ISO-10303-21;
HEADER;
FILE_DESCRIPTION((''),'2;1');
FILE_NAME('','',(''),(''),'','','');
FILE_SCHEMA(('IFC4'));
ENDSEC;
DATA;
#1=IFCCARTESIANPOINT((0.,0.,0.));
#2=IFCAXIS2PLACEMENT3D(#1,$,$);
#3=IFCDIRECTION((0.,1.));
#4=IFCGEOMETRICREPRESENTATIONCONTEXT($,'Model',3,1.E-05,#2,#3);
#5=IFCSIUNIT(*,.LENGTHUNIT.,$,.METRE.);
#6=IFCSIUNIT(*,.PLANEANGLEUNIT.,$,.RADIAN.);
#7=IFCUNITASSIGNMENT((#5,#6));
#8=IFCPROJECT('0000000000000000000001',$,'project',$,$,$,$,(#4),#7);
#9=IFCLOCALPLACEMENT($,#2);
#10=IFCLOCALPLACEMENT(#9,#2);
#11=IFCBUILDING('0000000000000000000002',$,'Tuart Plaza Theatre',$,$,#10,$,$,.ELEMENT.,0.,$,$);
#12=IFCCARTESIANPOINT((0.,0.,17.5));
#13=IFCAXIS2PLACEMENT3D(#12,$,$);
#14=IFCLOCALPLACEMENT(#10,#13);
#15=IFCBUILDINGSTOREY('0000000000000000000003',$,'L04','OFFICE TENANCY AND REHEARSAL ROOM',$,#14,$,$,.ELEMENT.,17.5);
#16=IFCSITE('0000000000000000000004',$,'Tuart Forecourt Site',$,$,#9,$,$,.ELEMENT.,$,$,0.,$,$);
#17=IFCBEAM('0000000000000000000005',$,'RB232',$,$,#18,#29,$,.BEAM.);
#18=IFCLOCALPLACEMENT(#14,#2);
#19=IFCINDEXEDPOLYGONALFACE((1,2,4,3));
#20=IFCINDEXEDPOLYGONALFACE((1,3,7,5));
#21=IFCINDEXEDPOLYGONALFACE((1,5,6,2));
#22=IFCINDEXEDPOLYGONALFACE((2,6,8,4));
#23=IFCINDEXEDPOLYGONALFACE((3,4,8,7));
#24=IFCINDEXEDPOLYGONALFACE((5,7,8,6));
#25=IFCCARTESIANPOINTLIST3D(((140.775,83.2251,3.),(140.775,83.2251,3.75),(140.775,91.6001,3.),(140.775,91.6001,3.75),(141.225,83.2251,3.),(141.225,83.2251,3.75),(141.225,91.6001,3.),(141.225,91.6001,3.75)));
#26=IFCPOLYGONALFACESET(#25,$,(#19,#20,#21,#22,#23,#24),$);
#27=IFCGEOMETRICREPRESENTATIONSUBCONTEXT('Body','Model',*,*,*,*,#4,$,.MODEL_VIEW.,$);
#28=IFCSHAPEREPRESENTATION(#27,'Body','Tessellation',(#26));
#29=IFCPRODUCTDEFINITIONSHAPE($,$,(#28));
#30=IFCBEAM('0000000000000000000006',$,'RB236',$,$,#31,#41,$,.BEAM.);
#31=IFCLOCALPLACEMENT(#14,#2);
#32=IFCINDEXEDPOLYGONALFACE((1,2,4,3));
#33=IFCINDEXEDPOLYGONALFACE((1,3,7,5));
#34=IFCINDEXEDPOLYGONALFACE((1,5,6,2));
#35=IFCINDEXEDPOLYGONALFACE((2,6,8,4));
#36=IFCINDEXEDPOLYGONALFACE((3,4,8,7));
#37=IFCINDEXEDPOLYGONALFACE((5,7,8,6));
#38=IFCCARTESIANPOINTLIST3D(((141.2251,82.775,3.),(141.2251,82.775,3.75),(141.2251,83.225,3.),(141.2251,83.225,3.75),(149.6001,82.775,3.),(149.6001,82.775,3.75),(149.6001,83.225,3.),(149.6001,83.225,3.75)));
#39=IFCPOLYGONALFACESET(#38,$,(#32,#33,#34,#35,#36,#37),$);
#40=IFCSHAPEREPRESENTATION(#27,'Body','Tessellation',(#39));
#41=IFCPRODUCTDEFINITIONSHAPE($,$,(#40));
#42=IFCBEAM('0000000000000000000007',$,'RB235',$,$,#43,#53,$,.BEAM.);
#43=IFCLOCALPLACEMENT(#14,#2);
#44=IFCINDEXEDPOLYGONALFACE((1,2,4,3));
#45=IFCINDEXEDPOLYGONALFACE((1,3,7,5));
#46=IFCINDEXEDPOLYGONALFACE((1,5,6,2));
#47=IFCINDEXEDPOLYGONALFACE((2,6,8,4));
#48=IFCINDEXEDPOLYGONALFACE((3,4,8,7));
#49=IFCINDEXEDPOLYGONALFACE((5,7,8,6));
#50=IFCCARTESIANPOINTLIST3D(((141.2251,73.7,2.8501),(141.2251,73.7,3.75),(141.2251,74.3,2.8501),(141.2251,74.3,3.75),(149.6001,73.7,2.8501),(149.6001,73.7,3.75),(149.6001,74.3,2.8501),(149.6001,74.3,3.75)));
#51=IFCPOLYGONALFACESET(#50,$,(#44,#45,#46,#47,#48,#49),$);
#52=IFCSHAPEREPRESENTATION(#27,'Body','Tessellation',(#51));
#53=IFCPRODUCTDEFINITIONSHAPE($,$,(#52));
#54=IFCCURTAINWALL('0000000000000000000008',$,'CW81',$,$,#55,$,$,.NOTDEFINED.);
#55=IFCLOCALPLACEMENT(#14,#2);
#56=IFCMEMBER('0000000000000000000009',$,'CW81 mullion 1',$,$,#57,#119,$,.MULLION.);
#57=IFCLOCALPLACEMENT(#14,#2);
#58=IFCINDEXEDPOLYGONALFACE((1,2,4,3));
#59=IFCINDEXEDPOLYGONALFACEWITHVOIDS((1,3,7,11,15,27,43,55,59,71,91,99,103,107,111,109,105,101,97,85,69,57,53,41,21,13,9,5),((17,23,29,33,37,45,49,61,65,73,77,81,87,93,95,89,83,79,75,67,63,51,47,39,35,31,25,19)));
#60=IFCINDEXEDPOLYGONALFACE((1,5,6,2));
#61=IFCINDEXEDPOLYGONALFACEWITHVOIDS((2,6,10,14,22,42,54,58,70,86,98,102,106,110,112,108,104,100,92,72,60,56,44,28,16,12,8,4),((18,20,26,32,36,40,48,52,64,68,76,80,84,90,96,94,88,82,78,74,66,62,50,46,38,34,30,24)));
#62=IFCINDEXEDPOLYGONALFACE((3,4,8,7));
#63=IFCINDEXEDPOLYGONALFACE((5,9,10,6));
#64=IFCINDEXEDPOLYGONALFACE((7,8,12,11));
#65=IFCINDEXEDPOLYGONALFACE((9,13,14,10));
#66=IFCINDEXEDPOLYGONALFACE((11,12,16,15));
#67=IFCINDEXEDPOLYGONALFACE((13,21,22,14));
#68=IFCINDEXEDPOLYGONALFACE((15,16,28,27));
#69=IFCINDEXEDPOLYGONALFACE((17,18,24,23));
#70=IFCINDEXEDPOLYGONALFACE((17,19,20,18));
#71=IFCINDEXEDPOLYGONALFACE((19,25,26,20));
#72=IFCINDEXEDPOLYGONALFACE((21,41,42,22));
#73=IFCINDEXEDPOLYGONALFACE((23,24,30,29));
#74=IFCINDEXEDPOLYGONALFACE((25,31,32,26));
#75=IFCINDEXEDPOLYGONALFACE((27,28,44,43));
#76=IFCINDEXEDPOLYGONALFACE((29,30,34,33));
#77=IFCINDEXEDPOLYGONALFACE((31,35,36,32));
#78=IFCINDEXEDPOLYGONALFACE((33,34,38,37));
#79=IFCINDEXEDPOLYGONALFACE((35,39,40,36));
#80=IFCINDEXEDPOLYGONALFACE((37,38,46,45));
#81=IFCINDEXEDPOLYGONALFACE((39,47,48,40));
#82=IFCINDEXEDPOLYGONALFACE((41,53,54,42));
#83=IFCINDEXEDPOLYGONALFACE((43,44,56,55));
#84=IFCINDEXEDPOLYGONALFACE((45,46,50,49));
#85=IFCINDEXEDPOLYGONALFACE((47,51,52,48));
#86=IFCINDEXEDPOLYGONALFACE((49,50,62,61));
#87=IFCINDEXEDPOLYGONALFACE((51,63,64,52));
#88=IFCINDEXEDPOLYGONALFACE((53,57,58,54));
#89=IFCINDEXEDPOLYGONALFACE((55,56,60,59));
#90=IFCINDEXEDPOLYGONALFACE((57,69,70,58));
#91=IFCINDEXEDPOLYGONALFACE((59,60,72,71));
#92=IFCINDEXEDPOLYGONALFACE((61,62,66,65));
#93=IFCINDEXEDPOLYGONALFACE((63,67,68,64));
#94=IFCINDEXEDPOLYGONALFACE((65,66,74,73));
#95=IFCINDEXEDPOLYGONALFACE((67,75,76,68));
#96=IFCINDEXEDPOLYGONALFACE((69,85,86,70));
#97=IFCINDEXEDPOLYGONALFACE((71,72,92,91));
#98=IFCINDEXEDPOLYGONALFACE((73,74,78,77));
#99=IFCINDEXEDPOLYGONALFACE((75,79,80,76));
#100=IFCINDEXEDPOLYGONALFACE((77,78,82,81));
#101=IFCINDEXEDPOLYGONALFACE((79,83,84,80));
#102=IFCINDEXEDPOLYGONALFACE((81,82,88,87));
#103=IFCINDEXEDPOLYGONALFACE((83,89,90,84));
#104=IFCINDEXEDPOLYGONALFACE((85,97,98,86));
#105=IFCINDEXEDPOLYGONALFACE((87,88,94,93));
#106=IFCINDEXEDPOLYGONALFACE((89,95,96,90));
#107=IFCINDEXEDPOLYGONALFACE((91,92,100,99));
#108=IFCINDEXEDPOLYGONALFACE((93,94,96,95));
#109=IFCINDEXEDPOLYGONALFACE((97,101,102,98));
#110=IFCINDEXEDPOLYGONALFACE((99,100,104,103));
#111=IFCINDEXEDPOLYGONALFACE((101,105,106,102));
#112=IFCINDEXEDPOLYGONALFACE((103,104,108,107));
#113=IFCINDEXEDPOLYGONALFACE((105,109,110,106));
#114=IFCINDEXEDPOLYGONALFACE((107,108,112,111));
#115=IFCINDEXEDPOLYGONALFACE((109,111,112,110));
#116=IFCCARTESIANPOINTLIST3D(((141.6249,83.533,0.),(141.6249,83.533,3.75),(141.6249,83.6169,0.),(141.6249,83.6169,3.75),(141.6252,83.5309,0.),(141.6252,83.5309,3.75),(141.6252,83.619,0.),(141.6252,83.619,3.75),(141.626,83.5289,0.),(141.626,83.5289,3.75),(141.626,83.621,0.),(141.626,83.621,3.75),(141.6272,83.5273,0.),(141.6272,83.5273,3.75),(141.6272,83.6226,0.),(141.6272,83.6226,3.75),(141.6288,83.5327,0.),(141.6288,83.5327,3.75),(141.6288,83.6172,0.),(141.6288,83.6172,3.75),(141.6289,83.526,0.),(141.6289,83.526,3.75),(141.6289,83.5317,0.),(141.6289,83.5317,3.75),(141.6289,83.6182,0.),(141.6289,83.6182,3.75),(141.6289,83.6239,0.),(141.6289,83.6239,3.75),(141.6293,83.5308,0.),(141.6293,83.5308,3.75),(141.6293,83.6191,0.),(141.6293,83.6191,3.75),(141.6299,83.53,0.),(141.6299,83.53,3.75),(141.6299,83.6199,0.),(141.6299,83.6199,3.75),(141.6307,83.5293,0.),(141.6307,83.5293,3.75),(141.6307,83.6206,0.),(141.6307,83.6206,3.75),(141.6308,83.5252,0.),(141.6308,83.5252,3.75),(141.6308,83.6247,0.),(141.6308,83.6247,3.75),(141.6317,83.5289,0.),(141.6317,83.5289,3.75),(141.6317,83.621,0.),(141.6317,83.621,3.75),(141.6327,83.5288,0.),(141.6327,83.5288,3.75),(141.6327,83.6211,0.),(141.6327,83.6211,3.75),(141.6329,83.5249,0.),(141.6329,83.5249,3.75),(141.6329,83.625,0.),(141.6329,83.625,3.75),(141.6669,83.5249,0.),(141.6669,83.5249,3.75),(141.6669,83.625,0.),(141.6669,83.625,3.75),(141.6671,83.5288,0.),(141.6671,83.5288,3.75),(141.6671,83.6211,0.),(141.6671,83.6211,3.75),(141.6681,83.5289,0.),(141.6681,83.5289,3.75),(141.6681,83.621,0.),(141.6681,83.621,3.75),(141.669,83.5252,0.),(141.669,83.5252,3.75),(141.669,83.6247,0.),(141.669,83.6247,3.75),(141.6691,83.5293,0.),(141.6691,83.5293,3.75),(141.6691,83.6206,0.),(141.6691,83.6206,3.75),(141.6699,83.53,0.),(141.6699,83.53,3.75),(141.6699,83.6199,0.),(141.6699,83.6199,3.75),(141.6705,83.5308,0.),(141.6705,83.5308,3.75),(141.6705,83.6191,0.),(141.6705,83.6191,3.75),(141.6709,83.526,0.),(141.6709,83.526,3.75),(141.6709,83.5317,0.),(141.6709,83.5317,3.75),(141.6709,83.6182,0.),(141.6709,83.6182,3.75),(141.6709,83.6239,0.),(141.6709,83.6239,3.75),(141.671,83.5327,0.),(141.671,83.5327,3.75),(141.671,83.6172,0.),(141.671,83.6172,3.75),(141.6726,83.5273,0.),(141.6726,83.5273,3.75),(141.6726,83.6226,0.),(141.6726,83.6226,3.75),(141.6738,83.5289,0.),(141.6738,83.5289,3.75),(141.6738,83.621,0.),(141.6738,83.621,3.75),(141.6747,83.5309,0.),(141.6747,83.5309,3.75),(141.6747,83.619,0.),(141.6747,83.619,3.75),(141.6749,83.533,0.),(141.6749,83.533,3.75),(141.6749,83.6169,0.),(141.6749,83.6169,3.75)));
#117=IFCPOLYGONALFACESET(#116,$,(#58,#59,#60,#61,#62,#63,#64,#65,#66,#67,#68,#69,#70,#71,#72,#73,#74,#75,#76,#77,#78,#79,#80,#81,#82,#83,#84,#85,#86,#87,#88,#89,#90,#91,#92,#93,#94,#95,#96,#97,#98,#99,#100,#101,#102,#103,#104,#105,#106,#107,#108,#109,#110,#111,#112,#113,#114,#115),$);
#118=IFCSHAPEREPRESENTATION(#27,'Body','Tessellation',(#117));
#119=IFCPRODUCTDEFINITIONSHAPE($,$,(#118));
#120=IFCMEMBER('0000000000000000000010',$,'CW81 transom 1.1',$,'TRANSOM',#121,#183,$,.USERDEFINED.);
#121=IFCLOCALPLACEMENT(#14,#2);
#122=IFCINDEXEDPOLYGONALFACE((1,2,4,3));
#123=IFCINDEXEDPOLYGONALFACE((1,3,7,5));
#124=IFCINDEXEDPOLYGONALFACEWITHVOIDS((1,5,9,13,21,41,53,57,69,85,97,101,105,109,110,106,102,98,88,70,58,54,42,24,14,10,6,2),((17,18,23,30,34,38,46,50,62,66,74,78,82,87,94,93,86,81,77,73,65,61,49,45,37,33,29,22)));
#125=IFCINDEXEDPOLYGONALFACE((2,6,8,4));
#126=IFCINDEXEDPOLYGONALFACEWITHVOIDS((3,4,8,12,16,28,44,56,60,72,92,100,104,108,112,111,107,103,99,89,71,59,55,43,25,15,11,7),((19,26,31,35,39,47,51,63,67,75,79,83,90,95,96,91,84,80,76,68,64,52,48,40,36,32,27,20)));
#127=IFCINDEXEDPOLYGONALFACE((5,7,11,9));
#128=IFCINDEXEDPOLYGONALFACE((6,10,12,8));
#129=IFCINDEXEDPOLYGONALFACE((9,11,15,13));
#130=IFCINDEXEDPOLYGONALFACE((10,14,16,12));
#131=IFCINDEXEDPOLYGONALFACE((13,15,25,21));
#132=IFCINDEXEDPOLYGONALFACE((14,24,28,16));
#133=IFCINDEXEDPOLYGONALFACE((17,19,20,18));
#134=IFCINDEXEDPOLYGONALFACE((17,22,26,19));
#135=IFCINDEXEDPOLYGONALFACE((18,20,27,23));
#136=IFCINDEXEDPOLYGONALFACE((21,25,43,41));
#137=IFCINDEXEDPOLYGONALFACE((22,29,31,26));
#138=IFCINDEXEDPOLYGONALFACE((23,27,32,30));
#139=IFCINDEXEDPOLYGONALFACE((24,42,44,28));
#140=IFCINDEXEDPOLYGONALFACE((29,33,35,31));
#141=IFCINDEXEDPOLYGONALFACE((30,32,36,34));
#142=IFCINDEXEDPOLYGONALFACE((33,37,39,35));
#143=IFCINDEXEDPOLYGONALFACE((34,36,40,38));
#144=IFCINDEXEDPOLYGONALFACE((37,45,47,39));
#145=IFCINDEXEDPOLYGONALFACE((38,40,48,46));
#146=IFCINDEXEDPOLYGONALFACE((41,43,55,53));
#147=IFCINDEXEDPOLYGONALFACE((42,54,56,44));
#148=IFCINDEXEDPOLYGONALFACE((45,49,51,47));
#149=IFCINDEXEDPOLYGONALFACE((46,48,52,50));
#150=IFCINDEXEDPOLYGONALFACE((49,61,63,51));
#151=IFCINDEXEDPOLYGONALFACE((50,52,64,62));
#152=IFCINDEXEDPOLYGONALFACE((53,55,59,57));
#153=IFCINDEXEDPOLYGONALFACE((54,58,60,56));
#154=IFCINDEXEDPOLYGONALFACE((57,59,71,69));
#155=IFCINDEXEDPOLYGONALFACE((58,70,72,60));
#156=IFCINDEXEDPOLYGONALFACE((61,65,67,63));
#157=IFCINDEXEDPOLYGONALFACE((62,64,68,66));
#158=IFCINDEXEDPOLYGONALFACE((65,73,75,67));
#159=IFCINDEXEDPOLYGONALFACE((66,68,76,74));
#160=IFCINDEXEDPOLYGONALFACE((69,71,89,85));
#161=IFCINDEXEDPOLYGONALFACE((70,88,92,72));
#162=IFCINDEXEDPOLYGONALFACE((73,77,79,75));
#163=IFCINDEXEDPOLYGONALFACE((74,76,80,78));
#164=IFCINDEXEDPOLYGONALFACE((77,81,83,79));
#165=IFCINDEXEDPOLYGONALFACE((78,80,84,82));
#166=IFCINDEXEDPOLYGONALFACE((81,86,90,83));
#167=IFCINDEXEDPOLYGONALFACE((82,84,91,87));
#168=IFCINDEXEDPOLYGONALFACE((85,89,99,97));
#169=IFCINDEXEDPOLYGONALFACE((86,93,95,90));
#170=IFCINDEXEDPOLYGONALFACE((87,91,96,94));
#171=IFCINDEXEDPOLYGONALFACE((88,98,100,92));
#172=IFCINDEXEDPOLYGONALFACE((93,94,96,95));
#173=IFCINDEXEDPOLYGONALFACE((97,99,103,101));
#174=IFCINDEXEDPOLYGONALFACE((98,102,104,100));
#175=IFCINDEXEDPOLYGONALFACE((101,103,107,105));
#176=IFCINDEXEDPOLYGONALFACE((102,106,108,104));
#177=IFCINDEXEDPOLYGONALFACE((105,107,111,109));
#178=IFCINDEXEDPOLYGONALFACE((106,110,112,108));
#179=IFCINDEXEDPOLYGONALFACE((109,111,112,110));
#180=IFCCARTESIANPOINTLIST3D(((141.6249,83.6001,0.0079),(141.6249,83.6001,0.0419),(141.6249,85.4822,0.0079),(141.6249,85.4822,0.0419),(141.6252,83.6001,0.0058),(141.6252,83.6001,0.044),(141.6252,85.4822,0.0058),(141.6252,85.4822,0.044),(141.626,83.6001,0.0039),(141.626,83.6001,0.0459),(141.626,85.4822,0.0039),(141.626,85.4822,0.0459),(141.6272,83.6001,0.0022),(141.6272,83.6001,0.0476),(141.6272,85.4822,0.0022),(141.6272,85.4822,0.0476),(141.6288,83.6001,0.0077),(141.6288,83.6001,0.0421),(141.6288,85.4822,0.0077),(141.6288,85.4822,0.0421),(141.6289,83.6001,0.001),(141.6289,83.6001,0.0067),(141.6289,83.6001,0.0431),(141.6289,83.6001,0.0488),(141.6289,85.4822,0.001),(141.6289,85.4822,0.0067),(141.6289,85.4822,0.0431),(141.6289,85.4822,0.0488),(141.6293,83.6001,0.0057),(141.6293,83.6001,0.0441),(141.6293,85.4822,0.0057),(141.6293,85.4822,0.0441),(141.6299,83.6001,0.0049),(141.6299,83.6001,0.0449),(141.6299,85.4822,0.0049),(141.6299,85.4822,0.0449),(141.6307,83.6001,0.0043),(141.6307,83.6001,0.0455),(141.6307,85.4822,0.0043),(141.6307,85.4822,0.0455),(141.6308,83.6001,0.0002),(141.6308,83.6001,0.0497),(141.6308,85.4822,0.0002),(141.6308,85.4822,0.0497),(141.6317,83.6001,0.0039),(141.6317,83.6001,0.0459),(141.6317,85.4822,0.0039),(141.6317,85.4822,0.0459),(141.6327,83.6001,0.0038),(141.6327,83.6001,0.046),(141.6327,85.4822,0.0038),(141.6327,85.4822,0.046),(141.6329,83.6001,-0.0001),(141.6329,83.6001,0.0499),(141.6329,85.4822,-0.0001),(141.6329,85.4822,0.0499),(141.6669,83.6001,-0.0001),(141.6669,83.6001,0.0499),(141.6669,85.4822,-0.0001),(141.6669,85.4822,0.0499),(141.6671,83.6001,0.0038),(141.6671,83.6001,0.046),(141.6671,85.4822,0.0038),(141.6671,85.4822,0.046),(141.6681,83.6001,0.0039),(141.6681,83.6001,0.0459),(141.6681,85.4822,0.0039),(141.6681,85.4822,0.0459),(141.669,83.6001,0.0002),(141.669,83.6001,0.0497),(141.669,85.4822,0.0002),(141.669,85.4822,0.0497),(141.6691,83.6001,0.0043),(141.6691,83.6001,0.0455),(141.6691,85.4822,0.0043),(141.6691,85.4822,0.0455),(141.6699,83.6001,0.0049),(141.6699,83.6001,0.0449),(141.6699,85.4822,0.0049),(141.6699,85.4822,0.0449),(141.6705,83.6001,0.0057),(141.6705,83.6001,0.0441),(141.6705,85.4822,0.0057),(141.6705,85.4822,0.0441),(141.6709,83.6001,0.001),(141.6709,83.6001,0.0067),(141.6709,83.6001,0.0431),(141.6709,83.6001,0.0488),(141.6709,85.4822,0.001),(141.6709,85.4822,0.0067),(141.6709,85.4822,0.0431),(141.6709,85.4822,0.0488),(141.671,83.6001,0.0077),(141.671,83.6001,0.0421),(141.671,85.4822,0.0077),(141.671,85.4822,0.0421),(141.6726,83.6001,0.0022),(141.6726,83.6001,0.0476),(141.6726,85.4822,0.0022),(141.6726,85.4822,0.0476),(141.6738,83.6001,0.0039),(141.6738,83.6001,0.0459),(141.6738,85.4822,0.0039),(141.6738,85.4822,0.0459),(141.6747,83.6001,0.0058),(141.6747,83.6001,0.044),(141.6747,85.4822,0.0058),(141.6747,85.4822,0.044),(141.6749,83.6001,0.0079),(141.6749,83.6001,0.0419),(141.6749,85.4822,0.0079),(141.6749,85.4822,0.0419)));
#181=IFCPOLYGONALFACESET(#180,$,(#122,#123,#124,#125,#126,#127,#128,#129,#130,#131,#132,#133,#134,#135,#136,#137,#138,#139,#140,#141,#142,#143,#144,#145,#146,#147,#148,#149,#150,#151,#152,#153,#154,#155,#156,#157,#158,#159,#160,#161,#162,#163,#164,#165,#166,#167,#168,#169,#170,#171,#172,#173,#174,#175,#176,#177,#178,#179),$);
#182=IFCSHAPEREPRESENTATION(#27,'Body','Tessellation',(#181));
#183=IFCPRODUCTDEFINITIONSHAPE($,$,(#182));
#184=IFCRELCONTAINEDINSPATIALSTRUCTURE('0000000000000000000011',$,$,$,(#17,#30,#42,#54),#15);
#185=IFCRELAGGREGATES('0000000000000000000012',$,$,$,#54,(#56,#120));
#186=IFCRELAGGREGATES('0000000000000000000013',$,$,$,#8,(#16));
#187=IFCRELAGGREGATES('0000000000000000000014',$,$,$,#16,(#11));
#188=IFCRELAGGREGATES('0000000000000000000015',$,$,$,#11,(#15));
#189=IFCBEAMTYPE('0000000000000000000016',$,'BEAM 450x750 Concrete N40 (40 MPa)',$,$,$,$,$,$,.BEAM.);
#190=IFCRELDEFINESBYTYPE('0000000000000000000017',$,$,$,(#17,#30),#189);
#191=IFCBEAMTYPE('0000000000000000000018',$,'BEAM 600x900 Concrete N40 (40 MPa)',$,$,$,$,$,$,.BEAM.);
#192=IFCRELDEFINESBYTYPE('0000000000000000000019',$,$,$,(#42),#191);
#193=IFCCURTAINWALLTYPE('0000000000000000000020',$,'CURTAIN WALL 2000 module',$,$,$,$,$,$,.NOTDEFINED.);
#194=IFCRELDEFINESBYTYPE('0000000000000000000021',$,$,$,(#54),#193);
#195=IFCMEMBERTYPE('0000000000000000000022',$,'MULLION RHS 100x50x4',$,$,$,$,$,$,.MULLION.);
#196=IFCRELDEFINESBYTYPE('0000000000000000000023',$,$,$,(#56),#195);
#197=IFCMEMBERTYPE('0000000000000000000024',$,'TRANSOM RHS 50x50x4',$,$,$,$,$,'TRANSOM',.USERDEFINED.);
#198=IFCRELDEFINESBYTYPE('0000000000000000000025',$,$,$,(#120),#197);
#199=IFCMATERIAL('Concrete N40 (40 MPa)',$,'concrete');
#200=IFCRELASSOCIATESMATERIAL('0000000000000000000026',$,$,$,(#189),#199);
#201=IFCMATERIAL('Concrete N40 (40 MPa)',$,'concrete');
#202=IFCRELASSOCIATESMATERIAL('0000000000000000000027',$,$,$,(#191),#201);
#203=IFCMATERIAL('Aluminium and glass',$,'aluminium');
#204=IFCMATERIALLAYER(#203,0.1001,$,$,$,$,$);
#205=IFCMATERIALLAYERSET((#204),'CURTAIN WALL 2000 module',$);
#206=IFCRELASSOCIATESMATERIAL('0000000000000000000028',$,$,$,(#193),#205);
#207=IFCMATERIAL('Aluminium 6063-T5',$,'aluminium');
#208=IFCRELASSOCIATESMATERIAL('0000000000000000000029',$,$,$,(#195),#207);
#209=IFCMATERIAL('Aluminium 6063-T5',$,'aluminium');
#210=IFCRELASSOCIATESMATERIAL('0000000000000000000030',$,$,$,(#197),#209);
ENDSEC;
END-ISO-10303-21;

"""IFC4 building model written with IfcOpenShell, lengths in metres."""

from ifc_helpers import new_model, si_unit, direction, frame, origin, origin_2d, place, context, subcontext, project, spatial, rectangle, hollow_rectangle, extrude, material, layer, layer_set, material_profile, profile_set, type_object, element, aggregate, save


model = new_model("IFC4")

# Units and contexts
model_context = context("Model", 3, precision=1e-05, world=origin(), true_north=direction((0.0, 1.0)))
body_context = subcontext(model_context, "Body", "Model", "MODEL_VIEW")
ifc_project = project(units=[si_unit("LENGTHUNIT", "METRE"), si_unit("PLANEANGLEUNIT", "RADIAN")], contexts=[model_context])

# Site, building, storey
site_placement = place(None, origin())
site = spatial("IfcSite", under=ifc_project, at=site_placement, Name="Tuart Forecourt Site", CompositionType="ELEMENT", RefElevation=0.0)
building_placement = place(site_placement, origin())
building = spatial("IfcBuilding", under=site, at=building_placement, Name="Tuart Plaza Theatre", CompositionType="ELEMENT", ElevationOfRefHeight=0.0)
storey_placement = place(building_placement, frame((0.0, 0.0, 17.5)))
storey = spatial("IfcBuildingStorey", under=building, at=storey_placement, Name="L04", Description="OFFICE TENANCY AND REHEARSAL ROOM", CompositionType="ELEMENT", Elevation=17.5)

# Beams
ifc_material_1 = material(Name="Concrete N40 (40 MPa)", Category="concrete")
ifc_material_profile_1 = material_profile(ifc_material_1, rectangle(XDim=0.45, YDim=0.75, at=origin_2d()), Name="BEAM 450x750 Concrete N40 (40 MPa)")
ifc_profile_set_1 = profile_set([ifc_material_profile_1], Name="Concrete N40 (40 MPa)")
beam_type_1 = type_object("IfcBeamType", Name="BEAM 450x750 Concrete N40 (40 MPa)", PredefinedType="BEAM", material=ifc_profile_set_1)
for number, where, z_axis, x_axis, name in (
    (1, (141.0, 83.2251, 3.375), (0.0, 1.0, 0.0), (-1.0, 0.0, 0.0), "RB232"),
    (2, (141.2251, 83.0, 3.375), (1.0, 0.0, 0.0), (0.0, 1.0, 0.0), "RB236"),
):
    element("IfcBeam", number, at=place(storey_placement, frame(where, z_axis=z_axis, x_axis=x_axis)), inside=storey, type_object=beam_type_1, Name=name, PredefinedType="BEAM", context=body_context, shape_type="SweptSolid", body=[
        extrude(rectangle(XDim=0.45, YDim=0.75, at=origin_2d()), origin(), (0.0, 0.0, 1.0), 8.375),
    ])
ifc_material_2 = material(Name="Concrete N40 (40 MPa)", Category="concrete")
ifc_material_profile_2 = material_profile(ifc_material_2, rectangle(XDim=0.6001, YDim=0.8999, at=origin_2d()), Name="BEAM 600x900 Concrete N40 (40 MPa)")
ifc_profile_set_2 = profile_set([ifc_material_profile_2], Name="Concrete N40 (40 MPa)")
beam_type_2 = type_object("IfcBeamType", Name="BEAM 600x900 Concrete N40 (40 MPa)", PredefinedType="BEAM", material=ifc_profile_set_2)
beam_placement = place(storey_placement, frame((141.2251, 74.0, 3.3), z_axis=(1.0, 0.0, 0.0), x_axis=(0.0, 1.0, 0.0)))
element("IfcBeam", 3, at=beam_placement, inside=storey, type_object=beam_type_2, Name="RB235", PredefinedType="BEAM", context=body_context, shape_type="SweptSolid", body=[
    extrude(rectangle(XDim=0.6001, YDim=0.8999, at=origin_2d()), origin(), (0.0, 0.0, 1.0), 8.375),
])

# Curtain wall, members
ifc_material_3 = material(Name="Aluminium and glass", Category="aluminium")
ifc_layer_1 = layer(ifc_material_3, 0.1001)
ifc_layer_set_1 = layer_set([ifc_layer_1], Name="CURTAIN WALL 2000 module")
curtain_wall_type = type_object("IfcCurtainWallType", Name="CURTAIN WALL 2000 module", PredefinedType="NOTDEFINED", material=ifc_layer_set_1)
curtain_wall_placement = place(storey_placement, origin())
curtain_wall = element("IfcCurtainWall", 4, at=curtain_wall_placement, inside=storey, type_object=curtain_wall_type, Name="CW81", PredefinedType="NOTDEFINED")
ifc_material_4 = material(Name="Aluminium 6063-T5", Category="aluminium")
ifc_material_profile_3 = material_profile(ifc_material_4, hollow_rectangle(XDim=0.05, YDim=0.1001, WallThickness=0.0039, InnerFilletRadius=0.0039, OuterFilletRadius=0.0081, at=origin_2d()), Name="RHS 100x50x4")
ifc_profile_set_3 = profile_set([ifc_material_profile_3], Name="Aluminium 6063-T5")
member_type_1 = type_object("IfcMemberType", Name="MULLION RHS 100x50x4", PredefinedType="MULLION", material=ifc_profile_set_3)
member_1_placement = place(storey_placement, frame((141.6499, 83.575, 0.0), z_axis=(0.0, 0.0, 1.0), x_axis=(-1.0, 0.0, 0.0)))
member_1 = element("IfcMember", 5, at=member_1_placement, type_object=member_type_1, Name="CW81 mullion 1", PredefinedType="MULLION", context=body_context, shape_type="SweptSolid", body=[
    extrude(hollow_rectangle(XDim=0.05, YDim=0.1001, WallThickness=0.0039, InnerFilletRadius=0.0039, OuterFilletRadius=0.0081, at=origin_2d()), origin(), (0.0, 0.0, 1.0), 3.75),
])
ifc_material_5 = material(Name="Aluminium 6063-T5", Category="aluminium")
ifc_material_profile_4 = material_profile(ifc_material_5, hollow_rectangle(XDim=0.05, YDim=0.05, WallThickness=0.0039, InnerFilletRadius=0.0039, OuterFilletRadius=0.0081, at=origin_2d()), Name="RHS 50x50x4")
ifc_profile_set_4 = profile_set([ifc_material_profile_4], Name="Aluminium 6063-T5")
member_type_2 = type_object("IfcMemberType", Name="TRANSOM RHS 50x50x4", ElementType="TRANSOM", PredefinedType="USERDEFINED", material=ifc_profile_set_4)
member_2_placement = place(storey_placement, frame((141.6499, 83.6001, 0.0249), z_axis=(0.0, 1.0, 0.0), x_axis=(-1.0, 0.0, 0.0)))
member_2 = element("IfcMember", 6, at=member_2_placement, type_object=member_type_2, Name="CW81 transom 1.1", ObjectType="TRANSOM", PredefinedType="USERDEFINED", context=body_context, shape_type="SweptSolid", body=[
    extrude(hollow_rectangle(XDim=0.05, YDim=0.05, WallThickness=0.0039, InnerFilletRadius=0.0039, OuterFilletRadius=0.0081, at=origin_2d()), origin(), (0.0, 0.0, 1.0), 1.8821),
])
aggregate(curtain_wall, [member_1, member_2])

save(model, "model.ifc")
